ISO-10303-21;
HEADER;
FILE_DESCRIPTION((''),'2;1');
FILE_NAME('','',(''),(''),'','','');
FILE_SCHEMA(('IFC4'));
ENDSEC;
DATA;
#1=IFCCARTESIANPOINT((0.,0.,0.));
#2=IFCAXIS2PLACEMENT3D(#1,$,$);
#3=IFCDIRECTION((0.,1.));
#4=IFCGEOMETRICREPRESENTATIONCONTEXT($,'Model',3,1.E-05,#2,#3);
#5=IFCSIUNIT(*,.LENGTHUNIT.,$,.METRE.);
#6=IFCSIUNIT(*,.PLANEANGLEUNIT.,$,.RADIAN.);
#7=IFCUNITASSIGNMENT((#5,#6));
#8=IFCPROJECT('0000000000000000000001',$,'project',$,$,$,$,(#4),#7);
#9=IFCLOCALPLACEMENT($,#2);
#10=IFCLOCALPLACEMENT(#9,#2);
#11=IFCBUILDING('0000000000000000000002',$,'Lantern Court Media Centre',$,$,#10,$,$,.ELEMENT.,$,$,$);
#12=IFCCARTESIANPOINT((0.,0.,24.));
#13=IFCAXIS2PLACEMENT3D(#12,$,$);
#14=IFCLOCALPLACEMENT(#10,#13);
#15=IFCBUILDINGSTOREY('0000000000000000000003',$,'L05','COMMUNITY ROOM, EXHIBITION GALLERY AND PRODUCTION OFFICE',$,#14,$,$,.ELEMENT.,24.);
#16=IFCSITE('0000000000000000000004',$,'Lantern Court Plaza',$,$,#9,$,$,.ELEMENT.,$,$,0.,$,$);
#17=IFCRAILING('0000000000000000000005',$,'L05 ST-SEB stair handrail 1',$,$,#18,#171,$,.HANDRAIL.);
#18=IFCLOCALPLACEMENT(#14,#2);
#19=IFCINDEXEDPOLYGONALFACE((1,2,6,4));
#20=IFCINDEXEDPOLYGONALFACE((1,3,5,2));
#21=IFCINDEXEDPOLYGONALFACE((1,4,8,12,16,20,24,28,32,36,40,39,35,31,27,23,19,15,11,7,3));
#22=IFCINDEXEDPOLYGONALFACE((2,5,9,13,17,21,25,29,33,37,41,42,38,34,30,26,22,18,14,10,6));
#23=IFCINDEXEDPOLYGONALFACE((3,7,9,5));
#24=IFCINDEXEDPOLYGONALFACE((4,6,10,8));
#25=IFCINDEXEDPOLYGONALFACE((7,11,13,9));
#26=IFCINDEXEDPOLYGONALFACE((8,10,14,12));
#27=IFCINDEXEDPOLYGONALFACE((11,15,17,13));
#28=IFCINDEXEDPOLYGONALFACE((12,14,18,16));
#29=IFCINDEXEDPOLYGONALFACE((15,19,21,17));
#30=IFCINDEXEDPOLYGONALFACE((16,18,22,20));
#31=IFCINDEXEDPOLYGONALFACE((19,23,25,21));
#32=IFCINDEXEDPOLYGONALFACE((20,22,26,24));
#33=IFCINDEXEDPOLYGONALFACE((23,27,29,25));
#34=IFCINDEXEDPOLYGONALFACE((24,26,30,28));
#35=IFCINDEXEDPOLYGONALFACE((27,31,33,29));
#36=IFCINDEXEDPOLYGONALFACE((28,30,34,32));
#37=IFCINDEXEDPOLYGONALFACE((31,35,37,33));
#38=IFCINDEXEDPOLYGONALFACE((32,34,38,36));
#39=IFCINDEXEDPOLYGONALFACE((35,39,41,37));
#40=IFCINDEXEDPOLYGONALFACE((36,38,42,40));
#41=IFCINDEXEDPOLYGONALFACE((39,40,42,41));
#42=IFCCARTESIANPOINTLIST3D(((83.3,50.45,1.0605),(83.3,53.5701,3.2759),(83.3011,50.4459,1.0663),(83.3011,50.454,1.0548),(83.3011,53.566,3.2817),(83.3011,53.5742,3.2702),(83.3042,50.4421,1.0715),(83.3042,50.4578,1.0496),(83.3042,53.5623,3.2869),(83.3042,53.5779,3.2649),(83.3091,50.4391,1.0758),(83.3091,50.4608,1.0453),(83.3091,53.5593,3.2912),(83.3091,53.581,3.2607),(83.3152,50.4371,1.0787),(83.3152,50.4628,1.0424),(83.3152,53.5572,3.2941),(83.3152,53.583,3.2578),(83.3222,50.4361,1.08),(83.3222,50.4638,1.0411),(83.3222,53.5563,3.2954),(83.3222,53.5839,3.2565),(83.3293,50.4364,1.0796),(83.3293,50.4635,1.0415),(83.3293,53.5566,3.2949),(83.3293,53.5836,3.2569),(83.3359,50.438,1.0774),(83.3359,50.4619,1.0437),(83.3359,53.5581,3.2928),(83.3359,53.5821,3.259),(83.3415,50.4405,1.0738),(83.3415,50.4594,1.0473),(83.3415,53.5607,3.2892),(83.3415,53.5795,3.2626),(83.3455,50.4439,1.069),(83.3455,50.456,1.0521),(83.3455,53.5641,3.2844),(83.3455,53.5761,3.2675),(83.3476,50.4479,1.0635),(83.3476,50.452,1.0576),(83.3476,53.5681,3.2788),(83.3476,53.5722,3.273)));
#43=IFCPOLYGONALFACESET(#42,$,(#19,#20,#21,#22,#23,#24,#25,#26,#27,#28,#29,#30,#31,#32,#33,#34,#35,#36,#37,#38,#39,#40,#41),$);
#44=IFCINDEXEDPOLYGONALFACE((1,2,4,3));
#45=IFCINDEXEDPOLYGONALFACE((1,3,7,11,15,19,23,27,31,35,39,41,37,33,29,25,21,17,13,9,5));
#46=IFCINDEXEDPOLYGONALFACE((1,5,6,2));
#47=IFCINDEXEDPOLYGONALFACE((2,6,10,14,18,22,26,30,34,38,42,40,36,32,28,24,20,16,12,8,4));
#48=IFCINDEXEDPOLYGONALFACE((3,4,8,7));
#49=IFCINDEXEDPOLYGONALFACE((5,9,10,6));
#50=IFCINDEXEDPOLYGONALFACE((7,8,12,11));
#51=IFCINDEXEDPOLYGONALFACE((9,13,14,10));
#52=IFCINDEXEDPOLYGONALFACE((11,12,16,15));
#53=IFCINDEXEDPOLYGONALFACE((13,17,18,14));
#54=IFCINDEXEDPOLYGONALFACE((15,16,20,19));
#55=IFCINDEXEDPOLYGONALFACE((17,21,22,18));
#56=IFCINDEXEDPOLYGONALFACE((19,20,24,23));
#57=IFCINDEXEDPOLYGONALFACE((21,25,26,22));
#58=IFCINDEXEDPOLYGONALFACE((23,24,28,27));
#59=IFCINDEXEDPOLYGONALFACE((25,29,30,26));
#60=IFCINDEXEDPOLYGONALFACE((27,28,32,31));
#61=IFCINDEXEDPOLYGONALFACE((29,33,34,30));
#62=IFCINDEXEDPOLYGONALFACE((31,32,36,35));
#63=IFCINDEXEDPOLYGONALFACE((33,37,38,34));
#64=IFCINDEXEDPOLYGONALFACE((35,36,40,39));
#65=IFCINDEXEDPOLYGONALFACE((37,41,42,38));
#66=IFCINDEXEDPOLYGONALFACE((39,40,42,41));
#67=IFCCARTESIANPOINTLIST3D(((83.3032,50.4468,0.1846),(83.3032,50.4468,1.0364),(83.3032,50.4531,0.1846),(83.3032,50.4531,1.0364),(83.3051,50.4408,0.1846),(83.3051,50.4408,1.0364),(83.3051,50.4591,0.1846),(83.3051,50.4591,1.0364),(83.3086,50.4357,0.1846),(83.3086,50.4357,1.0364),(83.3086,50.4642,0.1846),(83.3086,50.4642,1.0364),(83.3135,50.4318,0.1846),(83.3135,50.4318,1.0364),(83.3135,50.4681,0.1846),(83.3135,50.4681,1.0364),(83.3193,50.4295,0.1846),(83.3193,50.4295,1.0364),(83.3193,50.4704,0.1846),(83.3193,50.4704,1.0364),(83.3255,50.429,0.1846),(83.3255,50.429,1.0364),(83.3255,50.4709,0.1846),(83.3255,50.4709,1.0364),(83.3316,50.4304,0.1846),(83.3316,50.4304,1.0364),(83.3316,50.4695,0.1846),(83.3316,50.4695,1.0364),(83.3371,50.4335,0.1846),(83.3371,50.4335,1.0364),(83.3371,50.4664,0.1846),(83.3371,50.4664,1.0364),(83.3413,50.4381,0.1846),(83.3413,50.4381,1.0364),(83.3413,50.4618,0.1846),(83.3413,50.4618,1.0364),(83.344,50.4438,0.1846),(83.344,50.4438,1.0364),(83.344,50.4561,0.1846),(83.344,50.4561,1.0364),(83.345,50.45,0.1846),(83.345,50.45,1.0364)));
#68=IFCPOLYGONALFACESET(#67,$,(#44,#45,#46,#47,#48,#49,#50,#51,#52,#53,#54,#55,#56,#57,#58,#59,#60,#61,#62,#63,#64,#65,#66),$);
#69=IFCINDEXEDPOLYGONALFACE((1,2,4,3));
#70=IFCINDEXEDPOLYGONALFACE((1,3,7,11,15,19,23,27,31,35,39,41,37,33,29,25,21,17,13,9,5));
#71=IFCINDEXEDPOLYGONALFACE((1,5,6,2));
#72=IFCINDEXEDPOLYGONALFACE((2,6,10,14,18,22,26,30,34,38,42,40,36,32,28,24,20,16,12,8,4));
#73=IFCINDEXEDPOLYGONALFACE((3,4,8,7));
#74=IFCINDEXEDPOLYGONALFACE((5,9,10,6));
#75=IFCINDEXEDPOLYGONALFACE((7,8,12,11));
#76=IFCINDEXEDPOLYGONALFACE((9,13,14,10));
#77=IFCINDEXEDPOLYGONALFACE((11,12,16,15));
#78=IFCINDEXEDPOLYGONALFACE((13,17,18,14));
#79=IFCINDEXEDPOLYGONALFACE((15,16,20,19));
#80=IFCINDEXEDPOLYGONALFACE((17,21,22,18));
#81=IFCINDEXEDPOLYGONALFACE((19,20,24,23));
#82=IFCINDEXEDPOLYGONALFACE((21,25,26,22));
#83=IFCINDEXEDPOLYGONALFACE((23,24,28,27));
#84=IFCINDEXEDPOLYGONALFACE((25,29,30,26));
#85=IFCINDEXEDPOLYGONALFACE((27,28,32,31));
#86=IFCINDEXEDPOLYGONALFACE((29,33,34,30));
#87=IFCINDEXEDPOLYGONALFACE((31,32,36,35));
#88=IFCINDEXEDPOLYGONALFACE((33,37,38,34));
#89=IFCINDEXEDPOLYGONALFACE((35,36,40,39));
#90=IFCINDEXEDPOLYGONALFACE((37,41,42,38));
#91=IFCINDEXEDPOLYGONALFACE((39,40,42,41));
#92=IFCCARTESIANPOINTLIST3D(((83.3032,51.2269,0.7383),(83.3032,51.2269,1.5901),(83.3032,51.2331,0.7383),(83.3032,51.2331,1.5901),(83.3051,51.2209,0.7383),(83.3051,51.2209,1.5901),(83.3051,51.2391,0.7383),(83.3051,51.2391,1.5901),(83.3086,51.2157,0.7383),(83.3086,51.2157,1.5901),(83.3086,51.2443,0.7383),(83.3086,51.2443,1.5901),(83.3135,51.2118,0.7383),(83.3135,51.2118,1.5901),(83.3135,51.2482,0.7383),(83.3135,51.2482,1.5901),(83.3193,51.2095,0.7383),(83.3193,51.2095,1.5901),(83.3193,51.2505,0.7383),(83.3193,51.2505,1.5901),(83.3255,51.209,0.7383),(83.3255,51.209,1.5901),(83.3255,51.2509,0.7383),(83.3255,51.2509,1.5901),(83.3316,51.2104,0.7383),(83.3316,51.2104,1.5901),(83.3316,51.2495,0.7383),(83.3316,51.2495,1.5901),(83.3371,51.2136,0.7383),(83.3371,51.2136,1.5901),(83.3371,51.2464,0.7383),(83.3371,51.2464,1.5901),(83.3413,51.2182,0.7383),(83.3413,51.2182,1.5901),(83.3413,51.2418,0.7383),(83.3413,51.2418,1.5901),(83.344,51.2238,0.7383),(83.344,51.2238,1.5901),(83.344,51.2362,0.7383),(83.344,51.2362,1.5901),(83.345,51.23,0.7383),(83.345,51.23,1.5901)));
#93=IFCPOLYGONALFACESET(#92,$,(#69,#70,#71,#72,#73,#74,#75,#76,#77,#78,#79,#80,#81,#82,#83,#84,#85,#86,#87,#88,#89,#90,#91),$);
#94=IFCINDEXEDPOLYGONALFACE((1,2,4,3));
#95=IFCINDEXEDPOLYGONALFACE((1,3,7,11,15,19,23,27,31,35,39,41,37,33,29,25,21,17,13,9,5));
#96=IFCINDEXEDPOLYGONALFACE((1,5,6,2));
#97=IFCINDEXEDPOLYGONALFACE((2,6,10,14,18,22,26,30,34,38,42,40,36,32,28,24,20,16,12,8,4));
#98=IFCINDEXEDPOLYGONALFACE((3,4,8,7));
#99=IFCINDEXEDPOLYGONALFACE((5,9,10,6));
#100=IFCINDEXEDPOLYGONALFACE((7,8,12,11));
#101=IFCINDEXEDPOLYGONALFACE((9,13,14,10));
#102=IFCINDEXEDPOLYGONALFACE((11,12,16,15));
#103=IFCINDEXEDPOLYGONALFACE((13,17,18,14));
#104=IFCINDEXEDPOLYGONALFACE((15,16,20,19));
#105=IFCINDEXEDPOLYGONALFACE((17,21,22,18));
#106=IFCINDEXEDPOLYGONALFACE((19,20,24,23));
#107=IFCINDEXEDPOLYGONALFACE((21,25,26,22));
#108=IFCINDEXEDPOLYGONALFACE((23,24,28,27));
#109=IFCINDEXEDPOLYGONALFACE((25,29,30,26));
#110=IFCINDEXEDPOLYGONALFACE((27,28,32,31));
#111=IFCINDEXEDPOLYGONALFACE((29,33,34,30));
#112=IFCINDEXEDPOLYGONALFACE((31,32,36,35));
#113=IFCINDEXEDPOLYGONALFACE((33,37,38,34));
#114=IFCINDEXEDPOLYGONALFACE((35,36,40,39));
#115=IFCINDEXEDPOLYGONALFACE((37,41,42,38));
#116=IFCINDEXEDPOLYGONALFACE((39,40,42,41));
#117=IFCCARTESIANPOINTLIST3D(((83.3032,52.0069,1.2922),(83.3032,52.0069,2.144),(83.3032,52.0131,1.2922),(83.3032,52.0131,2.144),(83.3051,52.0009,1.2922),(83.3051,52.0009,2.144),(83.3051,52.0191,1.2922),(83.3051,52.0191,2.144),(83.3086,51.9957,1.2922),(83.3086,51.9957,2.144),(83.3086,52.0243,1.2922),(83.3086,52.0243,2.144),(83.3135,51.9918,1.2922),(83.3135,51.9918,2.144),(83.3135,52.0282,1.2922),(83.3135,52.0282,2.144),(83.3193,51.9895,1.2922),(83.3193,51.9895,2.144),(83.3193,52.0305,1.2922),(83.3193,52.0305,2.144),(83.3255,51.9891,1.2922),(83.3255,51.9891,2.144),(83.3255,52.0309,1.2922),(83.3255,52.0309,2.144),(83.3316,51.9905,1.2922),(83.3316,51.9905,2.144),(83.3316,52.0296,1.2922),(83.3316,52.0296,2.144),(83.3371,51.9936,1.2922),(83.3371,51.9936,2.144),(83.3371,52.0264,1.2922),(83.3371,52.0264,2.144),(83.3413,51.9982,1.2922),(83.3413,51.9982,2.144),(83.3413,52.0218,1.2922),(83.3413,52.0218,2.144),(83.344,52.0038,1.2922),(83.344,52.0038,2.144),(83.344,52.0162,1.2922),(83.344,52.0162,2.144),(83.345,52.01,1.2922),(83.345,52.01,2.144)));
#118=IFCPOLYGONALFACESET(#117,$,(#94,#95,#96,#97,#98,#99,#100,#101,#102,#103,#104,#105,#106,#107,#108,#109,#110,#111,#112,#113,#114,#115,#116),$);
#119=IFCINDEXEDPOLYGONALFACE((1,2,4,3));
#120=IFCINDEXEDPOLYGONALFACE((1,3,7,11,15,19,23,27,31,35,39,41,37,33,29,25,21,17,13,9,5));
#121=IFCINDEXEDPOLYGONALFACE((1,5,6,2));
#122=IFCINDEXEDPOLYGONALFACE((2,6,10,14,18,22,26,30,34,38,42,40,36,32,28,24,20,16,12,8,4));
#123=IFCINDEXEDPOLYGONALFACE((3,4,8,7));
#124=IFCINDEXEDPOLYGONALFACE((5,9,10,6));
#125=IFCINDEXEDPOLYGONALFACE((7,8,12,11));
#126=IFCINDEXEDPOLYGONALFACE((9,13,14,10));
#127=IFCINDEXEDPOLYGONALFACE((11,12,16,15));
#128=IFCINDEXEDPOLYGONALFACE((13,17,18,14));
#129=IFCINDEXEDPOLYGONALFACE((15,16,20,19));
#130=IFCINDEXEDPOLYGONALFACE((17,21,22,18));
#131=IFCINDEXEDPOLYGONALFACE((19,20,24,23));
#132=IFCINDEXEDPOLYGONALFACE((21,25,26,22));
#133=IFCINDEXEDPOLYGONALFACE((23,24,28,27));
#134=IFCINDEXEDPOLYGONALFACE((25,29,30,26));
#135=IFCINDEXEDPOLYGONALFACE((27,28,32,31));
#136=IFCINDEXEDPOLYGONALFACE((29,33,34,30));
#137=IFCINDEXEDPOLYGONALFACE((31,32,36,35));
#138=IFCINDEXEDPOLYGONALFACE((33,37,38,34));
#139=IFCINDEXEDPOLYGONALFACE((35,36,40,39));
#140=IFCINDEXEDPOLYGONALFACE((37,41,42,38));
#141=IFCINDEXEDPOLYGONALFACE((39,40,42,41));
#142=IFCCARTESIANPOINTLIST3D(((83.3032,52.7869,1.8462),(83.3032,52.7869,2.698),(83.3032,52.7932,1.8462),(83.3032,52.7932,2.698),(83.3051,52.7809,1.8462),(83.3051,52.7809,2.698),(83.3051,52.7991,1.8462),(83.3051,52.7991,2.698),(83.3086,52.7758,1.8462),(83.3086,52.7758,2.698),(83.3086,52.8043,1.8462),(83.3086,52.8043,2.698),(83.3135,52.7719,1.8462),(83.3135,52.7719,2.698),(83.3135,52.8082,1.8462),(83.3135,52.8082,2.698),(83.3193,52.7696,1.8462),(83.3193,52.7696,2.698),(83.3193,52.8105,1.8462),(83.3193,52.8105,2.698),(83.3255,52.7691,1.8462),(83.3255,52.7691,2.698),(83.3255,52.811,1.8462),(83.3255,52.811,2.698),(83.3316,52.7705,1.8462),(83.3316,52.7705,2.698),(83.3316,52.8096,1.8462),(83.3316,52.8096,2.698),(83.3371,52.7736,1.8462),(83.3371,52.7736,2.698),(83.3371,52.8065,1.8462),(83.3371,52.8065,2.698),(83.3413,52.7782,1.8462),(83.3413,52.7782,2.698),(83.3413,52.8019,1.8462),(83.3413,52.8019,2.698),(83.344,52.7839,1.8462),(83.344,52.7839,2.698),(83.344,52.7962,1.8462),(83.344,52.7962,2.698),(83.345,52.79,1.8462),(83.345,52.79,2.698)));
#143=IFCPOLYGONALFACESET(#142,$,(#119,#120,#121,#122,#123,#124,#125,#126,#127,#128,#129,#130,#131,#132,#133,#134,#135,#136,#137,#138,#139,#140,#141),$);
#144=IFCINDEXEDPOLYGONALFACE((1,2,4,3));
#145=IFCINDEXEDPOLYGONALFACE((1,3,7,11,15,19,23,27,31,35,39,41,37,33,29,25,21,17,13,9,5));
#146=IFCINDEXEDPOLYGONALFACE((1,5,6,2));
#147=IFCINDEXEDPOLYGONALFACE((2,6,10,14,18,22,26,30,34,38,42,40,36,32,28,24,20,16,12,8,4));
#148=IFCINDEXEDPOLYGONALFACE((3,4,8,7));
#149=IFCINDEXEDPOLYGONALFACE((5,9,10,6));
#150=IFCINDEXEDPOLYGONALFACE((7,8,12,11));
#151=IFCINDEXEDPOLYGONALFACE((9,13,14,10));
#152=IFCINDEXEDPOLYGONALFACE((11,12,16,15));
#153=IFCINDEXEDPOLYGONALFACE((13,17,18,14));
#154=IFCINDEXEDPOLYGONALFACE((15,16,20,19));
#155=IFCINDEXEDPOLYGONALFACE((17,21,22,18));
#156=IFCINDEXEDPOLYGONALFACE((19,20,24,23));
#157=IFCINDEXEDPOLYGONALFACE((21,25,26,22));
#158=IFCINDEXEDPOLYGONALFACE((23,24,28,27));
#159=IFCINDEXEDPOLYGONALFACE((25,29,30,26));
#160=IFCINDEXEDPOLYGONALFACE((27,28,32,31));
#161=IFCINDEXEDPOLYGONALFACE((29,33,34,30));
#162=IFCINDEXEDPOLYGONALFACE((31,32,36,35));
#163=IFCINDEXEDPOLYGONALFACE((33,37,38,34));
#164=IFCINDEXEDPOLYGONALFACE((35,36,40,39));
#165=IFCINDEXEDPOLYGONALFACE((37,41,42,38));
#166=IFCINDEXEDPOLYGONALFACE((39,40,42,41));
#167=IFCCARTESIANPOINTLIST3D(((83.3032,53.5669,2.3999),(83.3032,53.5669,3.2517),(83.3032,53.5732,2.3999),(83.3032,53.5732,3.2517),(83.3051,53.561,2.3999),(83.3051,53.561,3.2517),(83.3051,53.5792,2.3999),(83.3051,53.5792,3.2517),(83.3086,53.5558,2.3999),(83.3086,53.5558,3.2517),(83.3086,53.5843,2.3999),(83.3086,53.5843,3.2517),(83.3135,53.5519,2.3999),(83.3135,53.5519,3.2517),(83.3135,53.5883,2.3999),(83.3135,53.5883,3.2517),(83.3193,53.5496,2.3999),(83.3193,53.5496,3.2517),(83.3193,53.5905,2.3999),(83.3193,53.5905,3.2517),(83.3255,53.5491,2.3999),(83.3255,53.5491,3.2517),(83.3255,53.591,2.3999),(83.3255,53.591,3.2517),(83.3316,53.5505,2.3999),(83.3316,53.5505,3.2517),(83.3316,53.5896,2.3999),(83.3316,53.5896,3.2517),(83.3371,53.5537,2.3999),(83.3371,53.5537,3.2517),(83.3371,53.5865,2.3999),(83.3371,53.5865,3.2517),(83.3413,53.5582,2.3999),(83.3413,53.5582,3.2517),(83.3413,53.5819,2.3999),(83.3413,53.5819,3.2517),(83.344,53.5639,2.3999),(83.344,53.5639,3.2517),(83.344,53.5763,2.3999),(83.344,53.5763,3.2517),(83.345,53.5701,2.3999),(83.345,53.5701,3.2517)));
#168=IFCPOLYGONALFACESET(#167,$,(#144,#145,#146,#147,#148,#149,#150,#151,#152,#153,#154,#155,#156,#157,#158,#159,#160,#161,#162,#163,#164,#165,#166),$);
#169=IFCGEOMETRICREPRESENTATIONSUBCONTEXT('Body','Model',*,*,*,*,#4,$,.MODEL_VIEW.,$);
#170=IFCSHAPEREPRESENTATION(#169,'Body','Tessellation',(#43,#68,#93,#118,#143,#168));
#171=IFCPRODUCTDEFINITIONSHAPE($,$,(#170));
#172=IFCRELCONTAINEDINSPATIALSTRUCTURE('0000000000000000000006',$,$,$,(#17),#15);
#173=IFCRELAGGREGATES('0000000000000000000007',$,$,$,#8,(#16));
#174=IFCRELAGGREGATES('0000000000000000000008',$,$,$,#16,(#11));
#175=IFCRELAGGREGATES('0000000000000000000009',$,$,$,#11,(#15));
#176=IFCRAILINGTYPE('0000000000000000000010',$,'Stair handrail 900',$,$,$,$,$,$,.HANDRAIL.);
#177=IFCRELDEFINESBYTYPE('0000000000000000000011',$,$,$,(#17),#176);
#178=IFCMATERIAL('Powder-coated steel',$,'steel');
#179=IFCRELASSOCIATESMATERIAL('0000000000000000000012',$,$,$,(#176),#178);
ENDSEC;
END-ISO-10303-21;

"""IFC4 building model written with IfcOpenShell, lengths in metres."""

from ifc_helpers import new_model, si_unit, direction, frame, origin, origin_2d, place, context, subcontext, project, spatial, circle, extrude, material, type_object, element, save


model = new_model("IFC4")

# Units and contexts
model_context = context("Model", 3, precision=1e-05, world=origin(), true_north=direction((0.0, 1.0)))
body_context = subcontext(model_context, "Body", "Model", "MODEL_VIEW")
ifc_project = project(units=[si_unit("LENGTHUNIT", "METRE"), si_unit("PLANEANGLEUNIT", "RADIAN")], contexts=[model_context])

# Site, building, storey
site_placement = place(None, origin())
site = spatial("IfcSite", under=ifc_project, at=site_placement, Name="Lantern Court Plaza", CompositionType="ELEMENT", RefElevation=0.0)
building_placement = place(site_placement, origin())
building = spatial("IfcBuilding", under=site, at=building_placement, Name="Lantern Court Media Centre", CompositionType="ELEMENT")
storey_placement = place(building_placement, frame((0.0, 0.0, 24.0)))
storey = spatial("IfcBuildingStorey", under=building, at=storey_placement, Name="L05", Description="COMMUNITY ROOM, EXHIBITION GALLERY AND PRODUCTION OFFICE", CompositionType="ELEMENT", Elevation=24.0)

# Shared definitions
ifc_material_1 = material(Name="Powder-coated steel", Category="steel")

# Railing
railing_type_1 = type_object("IfcRailingType", Name="Stair handrail 900", PredefinedType="HANDRAIL", material=ifc_material_1)
railing_1_placement = place(storey_placement, frame((83.324, 50.45, 0.1846)))
element("IfcRailing", 1, at=railing_1_placement, inside=storey, type_object=railing_type_1, Name="L05 ST-SEB stair handrail 1", PredefinedType="HANDRAIL", context=body_context, shape_type="SweptSolid", body=[
    extrude(circle(Radius=0.0239, at=origin_2d()), frame((0.0, 0.0, 0.876), z_axis=(0.0, 0.815377, 0.57893), x_axis=(-1.0, 0.0, 0.0)), (0.0, 0.0, 1.0), 3.8267),
    extrude(circle(Radius=0.021, at=origin_2d()), origin(), (0.0, 0.0, 1.0), 0.8518),
    extrude(circle(Radius=0.021, at=origin_2d()), frame((0.0, 0.78, 0.5537)), (0.0, 0.0, 1.0), 0.8518),
    extrude(circle(Radius=0.021, at=origin_2d()), frame((0.0, 1.5601, 1.1077)), (0.0, 0.0, 1.0), 0.8518),
    extrude(circle(Radius=0.021, at=origin_2d()), frame((0.0, 2.3401, 1.6616)), (0.0, 0.0, 1.0), 0.8518),
    extrude(circle(Radius=0.021, at=origin_2d()), frame((0.0, 3.1201, 2.2153)), (0.0, 0.0, 1.0), 0.8518),
])

save(model, "model.ifc")
